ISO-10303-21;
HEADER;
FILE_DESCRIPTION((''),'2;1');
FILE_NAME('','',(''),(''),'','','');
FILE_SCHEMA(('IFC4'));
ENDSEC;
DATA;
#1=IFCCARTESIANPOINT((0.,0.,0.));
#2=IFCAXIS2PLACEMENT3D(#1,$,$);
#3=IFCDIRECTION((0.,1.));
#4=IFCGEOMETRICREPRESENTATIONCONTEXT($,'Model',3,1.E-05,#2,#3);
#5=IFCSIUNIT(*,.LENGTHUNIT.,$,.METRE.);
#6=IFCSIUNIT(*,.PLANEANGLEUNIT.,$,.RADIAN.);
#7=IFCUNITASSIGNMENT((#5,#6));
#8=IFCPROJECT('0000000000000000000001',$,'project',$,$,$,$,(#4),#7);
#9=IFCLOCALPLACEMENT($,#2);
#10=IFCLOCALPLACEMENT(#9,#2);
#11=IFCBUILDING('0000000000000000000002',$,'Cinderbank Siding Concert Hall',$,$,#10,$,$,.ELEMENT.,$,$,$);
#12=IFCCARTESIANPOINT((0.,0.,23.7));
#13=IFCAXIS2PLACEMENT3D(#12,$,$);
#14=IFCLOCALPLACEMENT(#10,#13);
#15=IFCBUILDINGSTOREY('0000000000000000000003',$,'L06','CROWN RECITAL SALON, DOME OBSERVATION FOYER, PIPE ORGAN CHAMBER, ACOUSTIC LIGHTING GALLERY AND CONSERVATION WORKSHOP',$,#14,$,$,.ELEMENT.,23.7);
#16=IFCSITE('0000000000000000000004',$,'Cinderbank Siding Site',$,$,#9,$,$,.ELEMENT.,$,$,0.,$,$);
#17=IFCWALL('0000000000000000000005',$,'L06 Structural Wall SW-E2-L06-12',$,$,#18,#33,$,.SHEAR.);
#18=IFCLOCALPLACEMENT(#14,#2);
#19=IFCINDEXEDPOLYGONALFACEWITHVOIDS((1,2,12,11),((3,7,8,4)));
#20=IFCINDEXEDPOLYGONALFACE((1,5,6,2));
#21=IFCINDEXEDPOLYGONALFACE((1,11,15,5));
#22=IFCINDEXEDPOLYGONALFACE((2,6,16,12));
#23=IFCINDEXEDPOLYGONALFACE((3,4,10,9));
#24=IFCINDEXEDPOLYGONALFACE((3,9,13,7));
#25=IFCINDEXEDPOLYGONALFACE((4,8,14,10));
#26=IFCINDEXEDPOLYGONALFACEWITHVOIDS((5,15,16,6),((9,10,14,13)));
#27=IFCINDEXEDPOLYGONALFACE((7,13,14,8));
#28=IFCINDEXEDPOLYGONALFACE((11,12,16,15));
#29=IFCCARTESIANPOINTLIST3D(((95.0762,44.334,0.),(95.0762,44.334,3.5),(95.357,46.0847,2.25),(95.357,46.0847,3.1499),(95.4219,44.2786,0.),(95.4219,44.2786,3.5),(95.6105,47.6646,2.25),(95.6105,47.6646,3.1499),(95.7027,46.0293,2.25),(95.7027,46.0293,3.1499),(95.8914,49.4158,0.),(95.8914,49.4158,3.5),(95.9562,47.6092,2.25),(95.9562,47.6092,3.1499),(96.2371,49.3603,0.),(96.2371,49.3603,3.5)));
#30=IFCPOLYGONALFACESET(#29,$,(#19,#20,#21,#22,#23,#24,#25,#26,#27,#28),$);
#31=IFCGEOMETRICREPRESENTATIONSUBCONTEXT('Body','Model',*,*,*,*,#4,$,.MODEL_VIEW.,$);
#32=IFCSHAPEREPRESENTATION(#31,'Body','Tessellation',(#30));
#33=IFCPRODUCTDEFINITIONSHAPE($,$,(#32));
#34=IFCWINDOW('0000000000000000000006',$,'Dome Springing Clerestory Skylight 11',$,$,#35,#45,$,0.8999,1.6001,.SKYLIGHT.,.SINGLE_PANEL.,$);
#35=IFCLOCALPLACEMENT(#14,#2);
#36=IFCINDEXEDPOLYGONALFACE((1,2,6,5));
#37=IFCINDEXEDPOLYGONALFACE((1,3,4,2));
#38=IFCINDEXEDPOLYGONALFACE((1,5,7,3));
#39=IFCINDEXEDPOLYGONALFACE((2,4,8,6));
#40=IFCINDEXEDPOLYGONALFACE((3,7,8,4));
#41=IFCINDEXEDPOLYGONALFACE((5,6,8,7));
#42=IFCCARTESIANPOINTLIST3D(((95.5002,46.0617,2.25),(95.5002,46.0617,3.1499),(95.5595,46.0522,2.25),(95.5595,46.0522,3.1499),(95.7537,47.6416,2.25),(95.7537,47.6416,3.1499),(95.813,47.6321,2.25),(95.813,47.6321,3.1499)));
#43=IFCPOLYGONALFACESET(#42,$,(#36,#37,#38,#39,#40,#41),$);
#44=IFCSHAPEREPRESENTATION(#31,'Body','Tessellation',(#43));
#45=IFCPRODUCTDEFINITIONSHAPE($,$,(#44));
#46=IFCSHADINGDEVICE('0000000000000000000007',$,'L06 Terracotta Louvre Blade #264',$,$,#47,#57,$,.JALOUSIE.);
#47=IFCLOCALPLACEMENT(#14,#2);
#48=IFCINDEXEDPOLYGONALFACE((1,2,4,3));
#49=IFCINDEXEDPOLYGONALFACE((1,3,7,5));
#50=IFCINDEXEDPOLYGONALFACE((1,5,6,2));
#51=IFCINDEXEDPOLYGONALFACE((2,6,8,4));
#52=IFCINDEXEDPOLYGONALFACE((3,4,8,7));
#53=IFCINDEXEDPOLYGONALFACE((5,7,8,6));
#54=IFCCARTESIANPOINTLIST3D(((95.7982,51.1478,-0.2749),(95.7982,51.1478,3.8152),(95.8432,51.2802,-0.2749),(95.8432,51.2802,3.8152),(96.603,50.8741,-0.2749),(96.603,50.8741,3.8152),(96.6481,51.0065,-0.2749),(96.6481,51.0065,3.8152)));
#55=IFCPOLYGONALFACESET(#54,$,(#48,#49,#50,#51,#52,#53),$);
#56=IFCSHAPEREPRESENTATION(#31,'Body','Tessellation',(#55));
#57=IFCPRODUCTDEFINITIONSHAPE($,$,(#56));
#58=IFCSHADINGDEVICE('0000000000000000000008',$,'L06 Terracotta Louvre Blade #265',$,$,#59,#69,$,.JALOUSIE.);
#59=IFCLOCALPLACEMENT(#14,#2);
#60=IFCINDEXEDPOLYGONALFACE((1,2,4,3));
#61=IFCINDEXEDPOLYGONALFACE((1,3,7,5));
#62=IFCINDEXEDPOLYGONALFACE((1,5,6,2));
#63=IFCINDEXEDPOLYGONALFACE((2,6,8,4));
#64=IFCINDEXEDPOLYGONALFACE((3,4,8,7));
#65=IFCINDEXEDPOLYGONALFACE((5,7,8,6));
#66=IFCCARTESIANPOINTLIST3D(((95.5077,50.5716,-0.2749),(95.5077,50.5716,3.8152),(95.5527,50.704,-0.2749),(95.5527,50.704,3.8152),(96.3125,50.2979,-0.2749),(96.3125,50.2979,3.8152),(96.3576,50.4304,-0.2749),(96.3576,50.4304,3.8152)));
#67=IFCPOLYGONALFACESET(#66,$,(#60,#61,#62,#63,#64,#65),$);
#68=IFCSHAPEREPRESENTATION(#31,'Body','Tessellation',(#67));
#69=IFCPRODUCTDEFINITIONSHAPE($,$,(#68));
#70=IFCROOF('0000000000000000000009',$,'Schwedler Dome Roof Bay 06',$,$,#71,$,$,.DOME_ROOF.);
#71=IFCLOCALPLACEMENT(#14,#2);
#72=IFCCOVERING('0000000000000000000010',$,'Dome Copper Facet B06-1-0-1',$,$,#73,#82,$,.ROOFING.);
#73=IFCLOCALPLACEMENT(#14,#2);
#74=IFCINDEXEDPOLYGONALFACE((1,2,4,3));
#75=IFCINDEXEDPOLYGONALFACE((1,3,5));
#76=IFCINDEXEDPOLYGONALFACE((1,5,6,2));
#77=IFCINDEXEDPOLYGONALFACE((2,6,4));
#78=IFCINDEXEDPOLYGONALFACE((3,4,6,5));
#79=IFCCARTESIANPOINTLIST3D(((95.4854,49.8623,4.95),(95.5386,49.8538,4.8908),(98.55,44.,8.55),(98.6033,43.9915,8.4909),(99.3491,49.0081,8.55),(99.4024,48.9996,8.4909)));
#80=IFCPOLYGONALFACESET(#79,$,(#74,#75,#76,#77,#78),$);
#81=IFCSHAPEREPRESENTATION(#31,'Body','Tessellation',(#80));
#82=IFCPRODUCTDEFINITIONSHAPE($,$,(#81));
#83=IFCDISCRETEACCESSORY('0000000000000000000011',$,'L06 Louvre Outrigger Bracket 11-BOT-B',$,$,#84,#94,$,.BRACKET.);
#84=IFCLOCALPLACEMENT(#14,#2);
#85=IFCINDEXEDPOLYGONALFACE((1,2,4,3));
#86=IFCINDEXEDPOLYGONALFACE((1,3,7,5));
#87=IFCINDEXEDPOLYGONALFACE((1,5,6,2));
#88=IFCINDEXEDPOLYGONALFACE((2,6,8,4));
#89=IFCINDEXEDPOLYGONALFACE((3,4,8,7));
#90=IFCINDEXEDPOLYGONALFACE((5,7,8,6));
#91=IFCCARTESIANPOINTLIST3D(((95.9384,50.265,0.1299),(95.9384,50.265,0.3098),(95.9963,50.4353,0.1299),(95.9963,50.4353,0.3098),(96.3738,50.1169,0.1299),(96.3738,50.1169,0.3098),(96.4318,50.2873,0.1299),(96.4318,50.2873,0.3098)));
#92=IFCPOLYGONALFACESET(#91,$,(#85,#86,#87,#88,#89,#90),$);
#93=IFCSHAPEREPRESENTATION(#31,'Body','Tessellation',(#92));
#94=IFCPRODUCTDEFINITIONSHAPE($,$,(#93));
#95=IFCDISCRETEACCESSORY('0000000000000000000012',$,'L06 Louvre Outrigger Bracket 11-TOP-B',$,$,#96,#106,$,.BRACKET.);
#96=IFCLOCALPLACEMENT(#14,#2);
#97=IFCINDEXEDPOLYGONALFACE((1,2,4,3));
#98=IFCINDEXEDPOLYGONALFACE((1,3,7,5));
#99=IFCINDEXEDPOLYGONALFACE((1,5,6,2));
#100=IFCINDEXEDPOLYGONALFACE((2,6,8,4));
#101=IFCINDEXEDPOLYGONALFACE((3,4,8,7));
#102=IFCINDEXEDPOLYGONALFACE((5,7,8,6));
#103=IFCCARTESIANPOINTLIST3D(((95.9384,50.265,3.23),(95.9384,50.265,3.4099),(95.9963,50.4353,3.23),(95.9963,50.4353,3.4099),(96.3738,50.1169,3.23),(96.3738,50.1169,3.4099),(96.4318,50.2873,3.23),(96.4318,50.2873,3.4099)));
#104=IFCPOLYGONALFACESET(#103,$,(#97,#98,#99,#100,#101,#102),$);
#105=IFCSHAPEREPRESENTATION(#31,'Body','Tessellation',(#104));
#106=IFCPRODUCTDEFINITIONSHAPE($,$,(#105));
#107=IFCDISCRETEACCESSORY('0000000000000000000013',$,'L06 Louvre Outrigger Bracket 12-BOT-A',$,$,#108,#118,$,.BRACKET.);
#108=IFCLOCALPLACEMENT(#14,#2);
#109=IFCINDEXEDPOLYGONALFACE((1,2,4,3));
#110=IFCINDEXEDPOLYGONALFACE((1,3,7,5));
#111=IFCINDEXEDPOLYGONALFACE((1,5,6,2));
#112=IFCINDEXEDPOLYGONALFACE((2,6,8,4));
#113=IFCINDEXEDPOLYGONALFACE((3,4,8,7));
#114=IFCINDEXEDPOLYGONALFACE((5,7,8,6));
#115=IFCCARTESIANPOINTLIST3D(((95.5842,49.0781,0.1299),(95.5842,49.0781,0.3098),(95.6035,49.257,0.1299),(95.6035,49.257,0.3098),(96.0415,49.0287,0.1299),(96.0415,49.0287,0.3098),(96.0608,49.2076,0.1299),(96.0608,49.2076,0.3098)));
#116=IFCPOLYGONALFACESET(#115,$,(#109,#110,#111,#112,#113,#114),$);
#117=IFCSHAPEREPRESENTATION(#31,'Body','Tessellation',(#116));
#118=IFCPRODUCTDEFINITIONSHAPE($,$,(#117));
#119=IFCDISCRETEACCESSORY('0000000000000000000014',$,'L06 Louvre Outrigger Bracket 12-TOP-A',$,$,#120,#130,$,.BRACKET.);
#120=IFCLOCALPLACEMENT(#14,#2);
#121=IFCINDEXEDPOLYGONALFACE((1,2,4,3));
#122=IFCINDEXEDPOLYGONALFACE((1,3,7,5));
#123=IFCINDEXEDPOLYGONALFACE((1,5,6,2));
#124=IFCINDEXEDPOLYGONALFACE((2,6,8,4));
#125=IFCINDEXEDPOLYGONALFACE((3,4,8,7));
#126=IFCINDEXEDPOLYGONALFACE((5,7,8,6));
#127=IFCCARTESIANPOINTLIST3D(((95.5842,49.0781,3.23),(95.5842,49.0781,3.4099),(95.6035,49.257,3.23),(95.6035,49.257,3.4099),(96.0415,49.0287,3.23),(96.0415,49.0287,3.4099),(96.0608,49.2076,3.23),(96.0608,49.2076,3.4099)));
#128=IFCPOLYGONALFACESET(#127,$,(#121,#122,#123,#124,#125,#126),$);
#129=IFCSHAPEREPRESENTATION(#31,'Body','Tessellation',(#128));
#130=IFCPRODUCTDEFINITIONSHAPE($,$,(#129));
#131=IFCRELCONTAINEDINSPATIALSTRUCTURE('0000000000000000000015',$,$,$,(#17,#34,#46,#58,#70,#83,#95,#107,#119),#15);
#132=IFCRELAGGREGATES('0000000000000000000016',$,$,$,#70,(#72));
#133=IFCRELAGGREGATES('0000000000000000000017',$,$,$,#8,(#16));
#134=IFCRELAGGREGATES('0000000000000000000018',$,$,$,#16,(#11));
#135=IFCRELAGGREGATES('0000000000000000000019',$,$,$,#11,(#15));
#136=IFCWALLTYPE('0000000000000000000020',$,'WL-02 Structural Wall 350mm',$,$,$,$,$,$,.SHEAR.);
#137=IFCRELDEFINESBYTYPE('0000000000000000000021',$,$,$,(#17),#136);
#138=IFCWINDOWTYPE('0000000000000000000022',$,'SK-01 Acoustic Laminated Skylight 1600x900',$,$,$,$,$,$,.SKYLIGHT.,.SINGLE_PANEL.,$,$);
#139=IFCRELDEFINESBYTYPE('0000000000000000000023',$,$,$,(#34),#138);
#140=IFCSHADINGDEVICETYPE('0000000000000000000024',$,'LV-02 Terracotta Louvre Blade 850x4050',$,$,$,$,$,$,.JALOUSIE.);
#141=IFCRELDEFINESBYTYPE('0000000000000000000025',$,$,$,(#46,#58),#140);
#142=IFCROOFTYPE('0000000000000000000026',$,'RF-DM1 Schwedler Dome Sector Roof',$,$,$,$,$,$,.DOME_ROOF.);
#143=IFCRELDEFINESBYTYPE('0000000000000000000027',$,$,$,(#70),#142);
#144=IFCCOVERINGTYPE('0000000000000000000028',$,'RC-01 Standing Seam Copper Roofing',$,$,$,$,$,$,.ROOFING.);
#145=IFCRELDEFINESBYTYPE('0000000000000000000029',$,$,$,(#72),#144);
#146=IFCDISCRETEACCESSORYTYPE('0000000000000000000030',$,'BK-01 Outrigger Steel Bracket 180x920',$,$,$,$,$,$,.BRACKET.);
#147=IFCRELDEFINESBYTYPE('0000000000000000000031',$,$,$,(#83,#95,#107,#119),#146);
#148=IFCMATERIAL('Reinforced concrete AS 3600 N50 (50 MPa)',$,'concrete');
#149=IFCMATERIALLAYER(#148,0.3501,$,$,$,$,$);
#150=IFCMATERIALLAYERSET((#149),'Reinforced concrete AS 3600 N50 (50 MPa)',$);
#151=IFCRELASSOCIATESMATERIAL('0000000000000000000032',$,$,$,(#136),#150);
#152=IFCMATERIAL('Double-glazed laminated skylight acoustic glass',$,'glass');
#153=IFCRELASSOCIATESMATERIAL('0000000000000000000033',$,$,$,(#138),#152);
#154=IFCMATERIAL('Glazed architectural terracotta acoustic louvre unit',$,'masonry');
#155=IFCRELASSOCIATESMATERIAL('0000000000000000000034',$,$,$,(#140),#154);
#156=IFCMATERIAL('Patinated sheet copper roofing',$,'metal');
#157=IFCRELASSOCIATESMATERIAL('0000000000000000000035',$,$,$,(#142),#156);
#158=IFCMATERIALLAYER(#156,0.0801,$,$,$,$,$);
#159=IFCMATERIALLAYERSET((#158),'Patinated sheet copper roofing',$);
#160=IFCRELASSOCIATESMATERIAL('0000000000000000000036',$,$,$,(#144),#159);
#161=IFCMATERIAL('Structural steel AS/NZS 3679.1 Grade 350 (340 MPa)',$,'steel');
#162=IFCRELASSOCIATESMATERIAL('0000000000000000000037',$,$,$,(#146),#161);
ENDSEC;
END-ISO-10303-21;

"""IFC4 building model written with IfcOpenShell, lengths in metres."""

from ifc_helpers import new_model, si_unit, direction, frame, frame_2d, origin, origin_2d, place, context, subcontext, project, spatial, polyline, rectangle, outline, extrude, material, layer, layer_set, type_object, element, fill, aggregate, save


model = new_model("IFC4")

# Units and contexts
model_context = context("Model", 3, precision=1e-05, world=origin(), true_north=direction((0.0, 1.0)))
body_context = subcontext(model_context, "Body", "Model", "MODEL_VIEW")
ifc_project = project(units=[si_unit("LENGTHUNIT", "METRE"), si_unit("PLANEANGLEUNIT", "RADIAN")], contexts=[model_context])

# Site, building, storey
site_placement = place(None, origin())
site = spatial("IfcSite", under=ifc_project, at=site_placement, Name="Cinderbank Siding Site", CompositionType="ELEMENT", RefElevation=0.0)
building_placement = place(site_placement, origin())
building = spatial("IfcBuilding", under=site, at=building_placement, Name="Cinderbank Siding Concert Hall", CompositionType="ELEMENT")
storey_placement = place(building_placement, frame((0.0, 0.0, 23.7)))
storey = spatial("IfcBuildingStorey", under=building, at=storey_placement, Name="L06", Description="CROWN RECITAL SALON, DOME OBSERVATION FOYER, PIPE ORGAN CHAMBER, ACOUSTIC LIGHTING GALLERY AND CONSERVATION WORKSHOP", CompositionType="ELEMENT", Elevation=23.7)

# Shared definitions
ifc_material_1 = material(Name="Reinforced concrete AS 3600 N50 (50 MPa)", Category="concrete")

# Wall, opening, window
ifc_layer_1 = layer(ifc_material_1, 0.3501)
ifc_layer_set_1 = layer_set([ifc_layer_1], Name="Reinforced concrete AS 3600 N50 (50 MPa)")
wall_type = type_object("IfcWallType", Name="WL-02 Structural Wall 350mm", PredefinedType="SHEAR", material=ifc_layer_set_1)
wall_placement = place(storey_placement, frame((96.0642, 49.3879, 0.0), z_axis=(0.0, 0.0, 1.0), x_axis=(-0.158388, -0.987377, 0.0)))
wall = element("IfcWall", 1, at=wall_placement, inside=storey, type_object=wall_type, Name="L06 Structural Wall SW-E2-L06-12", PredefinedType="SHEAR", context=body_context, shape_type="SweptSolid", body=[
    extrude(rectangle(XDim=5.1467, YDim=0.3501, at=frame_2d((2.5732, 0.0))), origin(), (0.0, 0.0, 1.0), 3.5),
])
opening_placement = place(wall_placement, frame((1.7734, 0.0, 2.25)))
opening = element("IfcOpeningElement", 2, at=opening_placement, cuts=wall, PredefinedType="OPENING", context=body_context, shape_type="SweptSolid", body=[
    extrude(rectangle(XDim=1.6001, YDim=0.8999, at=frame_2d((0.8, 0.45))), frame((0.0, 0.187, 0.0), z_axis=(0.0, -1.0, 0.0), x_axis=(1.0, 0.0, 0.0)), (0.0, 0.0, 1.0), 0.374),
])
ifc_material_2 = material(Name="Double-glazed laminated skylight acoustic glass", Category="glass")
window_type = type_object("IfcWindowType", Name="SK-01 Acoustic Laminated Skylight 1600x900", PartitioningType="SINGLE_PANEL", PredefinedType="SKYLIGHT", material=ifc_material_2)
window_placement = place(opening_placement, origin())
window = element("IfcWindow", 3, at=window_placement, inside=storey, type_object=window_type, Name="Dome Springing Clerestory Skylight 11", OverallHeight=0.8999, OverallWidth=1.6001, PartitioningType="SINGLE_PANEL", PredefinedType="SKYLIGHT", context=body_context, shape_type="SweptSolid", body=[
    extrude(rectangle(XDim=1.6001, YDim=0.8999, at=frame_2d((0.8, 0.45))), frame((0.0, 0.03, 0.0), z_axis=(0.0, -1.0, 0.0), x_axis=(1.0, 0.0, 0.0)), (0.0, 0.0, 1.0), 0.0601),
])
fill(opening, window)

# Shared definitions
ifc_material_3 = material(Name="Structural steel AS/NZS 3679.1 Grade 350 (340 MPa)", Category="steel")

# Shading devices
ifc_material_4 = material(Name="Glazed architectural terracotta acoustic louvre unit", Category="masonry")
shading_device_type = type_object("IfcShadingDeviceType", Name="LV-02 Terracotta Louvre Blade 850x4050", PredefinedType="JALOUSIE", material=ifc_material_4)
for number, where, z_axis, x_axis, name in (
    (4, (96.2231, 51.0771, -0.2749), (0.0, 0.0, 1.0), (-0.946765, 0.321924, 0.0), "L06 Terracotta Louvre Blade #264"),
    (5, (95.9326, 50.501, -0.2749), (0.0, 0.0, 1.0), (-0.946765, 0.321924, 0.0), "L06 Terracotta Louvre Blade #265"),
):
    element("IfcShadingDevice", number, at=place(storey_placement, frame(where, z_axis=z_axis, x_axis=x_axis)), inside=storey, type_object=shading_device_type, Name=name, PredefinedType="JALOUSIE", context=body_context, shape_type="SweptSolid", body=[
        extrude(rectangle(XDim=0.8501, YDim=0.1399, at=origin_2d()), origin(), (0.0, 0.0, 1.0), 4.0901),
    ])

# Roof, covering
ifc_material_5 = material(Name="Patinated sheet copper roofing", Category="metal")
roof_type = type_object("IfcRoofType", Name="RF-DM1 Schwedler Dome Sector Roof", PredefinedType="DOME_ROOF", material=ifc_material_5)
roof_placement = place(storey_placement, origin())
roof = element("IfcRoof", 6, at=roof_placement, inside=storey, type_object=roof_type, Name="Schwedler Dome Roof Bay 06", PredefinedType="DOME_ROOF")
ifc_layer_2 = layer(ifc_material_5, 0.0801)
ifc_layer_set_2 = layer_set([ifc_layer_2], Name="Patinated sheet copper roofing")
covering_type = type_object("IfcCoveringType", Name="RC-01 Standing Seam Copper Roofing", PredefinedType="ROOFING", material=ifc_layer_set_2)
covering_placement = place(storey_placement, frame((95.4854, 49.8623, 4.95), z_axis=(-0.66519, 0.106136, 0.739093), x_axis=(0.406931, -0.778398, 0.478021)))
covering = element("IfcCovering", 7, at=covering_placement, type_object=covering_type, Name="Dome Copper Facet B06-1-0-1", PredefinedType="ROOFING", context=body_context, shape_type="SweptSolid", body=[
    extrude(outline(polyline([(0.0, 0.0), (7.5312, 0.0), (3.9582, 3.5989), (0.0, 0.0)])), origin(), (0.0, 0.0, -1.0), 0.0801),
])
aggregate(roof, [covering])

# Discrete accessories
discrete_accessory_type = type_object("IfcDiscreteAccessoryType", Name="BK-01 Outrigger Steel Bracket 180x920", PredefinedType="BRACKET", material=ifc_material_3)
for number, where, z_axis, x_axis, name in (
    (8, (96.1851, 50.2761, 0.1299), (0.0, 0.0, 1.0), (-0.946765, 0.321924, 0.0), "L06 Louvre Outrigger Bracket 11-BOT-B"),
    (9, (96.1851, 50.2761, 3.23), (0.0, 0.0, 1.0), (-0.946765, 0.321924, 0.0), "L06 Louvre Outrigger Bracket 11-TOP-B"),
    (10, (95.8225, 49.1428, 0.1299), (0.0, 0.0, 1.0), (-0.994211, 0.107447, 0.0), "L06 Louvre Outrigger Bracket 12-BOT-A"),
    (11, (95.8225, 49.1428, 3.23), (0.0, 0.0, 1.0), (-0.994211, 0.107447, 0.0), "L06 Louvre Outrigger Bracket 12-TOP-A"),
):
    element("IfcDiscreteAccessory", number, at=place(storey_placement, frame(where, z_axis=z_axis, x_axis=x_axis)), inside=storey, type_object=discrete_accessory_type, Name=name, PredefinedType="BRACKET", context=body_context, shape_type="SweptSolid", body=[
        extrude(rectangle(XDim=0.46, YDim=0.1799, at=origin_2d()), origin(), (0.0, 0.0, 1.0), 0.1799),
    ])

save(model, "model.ifc")
